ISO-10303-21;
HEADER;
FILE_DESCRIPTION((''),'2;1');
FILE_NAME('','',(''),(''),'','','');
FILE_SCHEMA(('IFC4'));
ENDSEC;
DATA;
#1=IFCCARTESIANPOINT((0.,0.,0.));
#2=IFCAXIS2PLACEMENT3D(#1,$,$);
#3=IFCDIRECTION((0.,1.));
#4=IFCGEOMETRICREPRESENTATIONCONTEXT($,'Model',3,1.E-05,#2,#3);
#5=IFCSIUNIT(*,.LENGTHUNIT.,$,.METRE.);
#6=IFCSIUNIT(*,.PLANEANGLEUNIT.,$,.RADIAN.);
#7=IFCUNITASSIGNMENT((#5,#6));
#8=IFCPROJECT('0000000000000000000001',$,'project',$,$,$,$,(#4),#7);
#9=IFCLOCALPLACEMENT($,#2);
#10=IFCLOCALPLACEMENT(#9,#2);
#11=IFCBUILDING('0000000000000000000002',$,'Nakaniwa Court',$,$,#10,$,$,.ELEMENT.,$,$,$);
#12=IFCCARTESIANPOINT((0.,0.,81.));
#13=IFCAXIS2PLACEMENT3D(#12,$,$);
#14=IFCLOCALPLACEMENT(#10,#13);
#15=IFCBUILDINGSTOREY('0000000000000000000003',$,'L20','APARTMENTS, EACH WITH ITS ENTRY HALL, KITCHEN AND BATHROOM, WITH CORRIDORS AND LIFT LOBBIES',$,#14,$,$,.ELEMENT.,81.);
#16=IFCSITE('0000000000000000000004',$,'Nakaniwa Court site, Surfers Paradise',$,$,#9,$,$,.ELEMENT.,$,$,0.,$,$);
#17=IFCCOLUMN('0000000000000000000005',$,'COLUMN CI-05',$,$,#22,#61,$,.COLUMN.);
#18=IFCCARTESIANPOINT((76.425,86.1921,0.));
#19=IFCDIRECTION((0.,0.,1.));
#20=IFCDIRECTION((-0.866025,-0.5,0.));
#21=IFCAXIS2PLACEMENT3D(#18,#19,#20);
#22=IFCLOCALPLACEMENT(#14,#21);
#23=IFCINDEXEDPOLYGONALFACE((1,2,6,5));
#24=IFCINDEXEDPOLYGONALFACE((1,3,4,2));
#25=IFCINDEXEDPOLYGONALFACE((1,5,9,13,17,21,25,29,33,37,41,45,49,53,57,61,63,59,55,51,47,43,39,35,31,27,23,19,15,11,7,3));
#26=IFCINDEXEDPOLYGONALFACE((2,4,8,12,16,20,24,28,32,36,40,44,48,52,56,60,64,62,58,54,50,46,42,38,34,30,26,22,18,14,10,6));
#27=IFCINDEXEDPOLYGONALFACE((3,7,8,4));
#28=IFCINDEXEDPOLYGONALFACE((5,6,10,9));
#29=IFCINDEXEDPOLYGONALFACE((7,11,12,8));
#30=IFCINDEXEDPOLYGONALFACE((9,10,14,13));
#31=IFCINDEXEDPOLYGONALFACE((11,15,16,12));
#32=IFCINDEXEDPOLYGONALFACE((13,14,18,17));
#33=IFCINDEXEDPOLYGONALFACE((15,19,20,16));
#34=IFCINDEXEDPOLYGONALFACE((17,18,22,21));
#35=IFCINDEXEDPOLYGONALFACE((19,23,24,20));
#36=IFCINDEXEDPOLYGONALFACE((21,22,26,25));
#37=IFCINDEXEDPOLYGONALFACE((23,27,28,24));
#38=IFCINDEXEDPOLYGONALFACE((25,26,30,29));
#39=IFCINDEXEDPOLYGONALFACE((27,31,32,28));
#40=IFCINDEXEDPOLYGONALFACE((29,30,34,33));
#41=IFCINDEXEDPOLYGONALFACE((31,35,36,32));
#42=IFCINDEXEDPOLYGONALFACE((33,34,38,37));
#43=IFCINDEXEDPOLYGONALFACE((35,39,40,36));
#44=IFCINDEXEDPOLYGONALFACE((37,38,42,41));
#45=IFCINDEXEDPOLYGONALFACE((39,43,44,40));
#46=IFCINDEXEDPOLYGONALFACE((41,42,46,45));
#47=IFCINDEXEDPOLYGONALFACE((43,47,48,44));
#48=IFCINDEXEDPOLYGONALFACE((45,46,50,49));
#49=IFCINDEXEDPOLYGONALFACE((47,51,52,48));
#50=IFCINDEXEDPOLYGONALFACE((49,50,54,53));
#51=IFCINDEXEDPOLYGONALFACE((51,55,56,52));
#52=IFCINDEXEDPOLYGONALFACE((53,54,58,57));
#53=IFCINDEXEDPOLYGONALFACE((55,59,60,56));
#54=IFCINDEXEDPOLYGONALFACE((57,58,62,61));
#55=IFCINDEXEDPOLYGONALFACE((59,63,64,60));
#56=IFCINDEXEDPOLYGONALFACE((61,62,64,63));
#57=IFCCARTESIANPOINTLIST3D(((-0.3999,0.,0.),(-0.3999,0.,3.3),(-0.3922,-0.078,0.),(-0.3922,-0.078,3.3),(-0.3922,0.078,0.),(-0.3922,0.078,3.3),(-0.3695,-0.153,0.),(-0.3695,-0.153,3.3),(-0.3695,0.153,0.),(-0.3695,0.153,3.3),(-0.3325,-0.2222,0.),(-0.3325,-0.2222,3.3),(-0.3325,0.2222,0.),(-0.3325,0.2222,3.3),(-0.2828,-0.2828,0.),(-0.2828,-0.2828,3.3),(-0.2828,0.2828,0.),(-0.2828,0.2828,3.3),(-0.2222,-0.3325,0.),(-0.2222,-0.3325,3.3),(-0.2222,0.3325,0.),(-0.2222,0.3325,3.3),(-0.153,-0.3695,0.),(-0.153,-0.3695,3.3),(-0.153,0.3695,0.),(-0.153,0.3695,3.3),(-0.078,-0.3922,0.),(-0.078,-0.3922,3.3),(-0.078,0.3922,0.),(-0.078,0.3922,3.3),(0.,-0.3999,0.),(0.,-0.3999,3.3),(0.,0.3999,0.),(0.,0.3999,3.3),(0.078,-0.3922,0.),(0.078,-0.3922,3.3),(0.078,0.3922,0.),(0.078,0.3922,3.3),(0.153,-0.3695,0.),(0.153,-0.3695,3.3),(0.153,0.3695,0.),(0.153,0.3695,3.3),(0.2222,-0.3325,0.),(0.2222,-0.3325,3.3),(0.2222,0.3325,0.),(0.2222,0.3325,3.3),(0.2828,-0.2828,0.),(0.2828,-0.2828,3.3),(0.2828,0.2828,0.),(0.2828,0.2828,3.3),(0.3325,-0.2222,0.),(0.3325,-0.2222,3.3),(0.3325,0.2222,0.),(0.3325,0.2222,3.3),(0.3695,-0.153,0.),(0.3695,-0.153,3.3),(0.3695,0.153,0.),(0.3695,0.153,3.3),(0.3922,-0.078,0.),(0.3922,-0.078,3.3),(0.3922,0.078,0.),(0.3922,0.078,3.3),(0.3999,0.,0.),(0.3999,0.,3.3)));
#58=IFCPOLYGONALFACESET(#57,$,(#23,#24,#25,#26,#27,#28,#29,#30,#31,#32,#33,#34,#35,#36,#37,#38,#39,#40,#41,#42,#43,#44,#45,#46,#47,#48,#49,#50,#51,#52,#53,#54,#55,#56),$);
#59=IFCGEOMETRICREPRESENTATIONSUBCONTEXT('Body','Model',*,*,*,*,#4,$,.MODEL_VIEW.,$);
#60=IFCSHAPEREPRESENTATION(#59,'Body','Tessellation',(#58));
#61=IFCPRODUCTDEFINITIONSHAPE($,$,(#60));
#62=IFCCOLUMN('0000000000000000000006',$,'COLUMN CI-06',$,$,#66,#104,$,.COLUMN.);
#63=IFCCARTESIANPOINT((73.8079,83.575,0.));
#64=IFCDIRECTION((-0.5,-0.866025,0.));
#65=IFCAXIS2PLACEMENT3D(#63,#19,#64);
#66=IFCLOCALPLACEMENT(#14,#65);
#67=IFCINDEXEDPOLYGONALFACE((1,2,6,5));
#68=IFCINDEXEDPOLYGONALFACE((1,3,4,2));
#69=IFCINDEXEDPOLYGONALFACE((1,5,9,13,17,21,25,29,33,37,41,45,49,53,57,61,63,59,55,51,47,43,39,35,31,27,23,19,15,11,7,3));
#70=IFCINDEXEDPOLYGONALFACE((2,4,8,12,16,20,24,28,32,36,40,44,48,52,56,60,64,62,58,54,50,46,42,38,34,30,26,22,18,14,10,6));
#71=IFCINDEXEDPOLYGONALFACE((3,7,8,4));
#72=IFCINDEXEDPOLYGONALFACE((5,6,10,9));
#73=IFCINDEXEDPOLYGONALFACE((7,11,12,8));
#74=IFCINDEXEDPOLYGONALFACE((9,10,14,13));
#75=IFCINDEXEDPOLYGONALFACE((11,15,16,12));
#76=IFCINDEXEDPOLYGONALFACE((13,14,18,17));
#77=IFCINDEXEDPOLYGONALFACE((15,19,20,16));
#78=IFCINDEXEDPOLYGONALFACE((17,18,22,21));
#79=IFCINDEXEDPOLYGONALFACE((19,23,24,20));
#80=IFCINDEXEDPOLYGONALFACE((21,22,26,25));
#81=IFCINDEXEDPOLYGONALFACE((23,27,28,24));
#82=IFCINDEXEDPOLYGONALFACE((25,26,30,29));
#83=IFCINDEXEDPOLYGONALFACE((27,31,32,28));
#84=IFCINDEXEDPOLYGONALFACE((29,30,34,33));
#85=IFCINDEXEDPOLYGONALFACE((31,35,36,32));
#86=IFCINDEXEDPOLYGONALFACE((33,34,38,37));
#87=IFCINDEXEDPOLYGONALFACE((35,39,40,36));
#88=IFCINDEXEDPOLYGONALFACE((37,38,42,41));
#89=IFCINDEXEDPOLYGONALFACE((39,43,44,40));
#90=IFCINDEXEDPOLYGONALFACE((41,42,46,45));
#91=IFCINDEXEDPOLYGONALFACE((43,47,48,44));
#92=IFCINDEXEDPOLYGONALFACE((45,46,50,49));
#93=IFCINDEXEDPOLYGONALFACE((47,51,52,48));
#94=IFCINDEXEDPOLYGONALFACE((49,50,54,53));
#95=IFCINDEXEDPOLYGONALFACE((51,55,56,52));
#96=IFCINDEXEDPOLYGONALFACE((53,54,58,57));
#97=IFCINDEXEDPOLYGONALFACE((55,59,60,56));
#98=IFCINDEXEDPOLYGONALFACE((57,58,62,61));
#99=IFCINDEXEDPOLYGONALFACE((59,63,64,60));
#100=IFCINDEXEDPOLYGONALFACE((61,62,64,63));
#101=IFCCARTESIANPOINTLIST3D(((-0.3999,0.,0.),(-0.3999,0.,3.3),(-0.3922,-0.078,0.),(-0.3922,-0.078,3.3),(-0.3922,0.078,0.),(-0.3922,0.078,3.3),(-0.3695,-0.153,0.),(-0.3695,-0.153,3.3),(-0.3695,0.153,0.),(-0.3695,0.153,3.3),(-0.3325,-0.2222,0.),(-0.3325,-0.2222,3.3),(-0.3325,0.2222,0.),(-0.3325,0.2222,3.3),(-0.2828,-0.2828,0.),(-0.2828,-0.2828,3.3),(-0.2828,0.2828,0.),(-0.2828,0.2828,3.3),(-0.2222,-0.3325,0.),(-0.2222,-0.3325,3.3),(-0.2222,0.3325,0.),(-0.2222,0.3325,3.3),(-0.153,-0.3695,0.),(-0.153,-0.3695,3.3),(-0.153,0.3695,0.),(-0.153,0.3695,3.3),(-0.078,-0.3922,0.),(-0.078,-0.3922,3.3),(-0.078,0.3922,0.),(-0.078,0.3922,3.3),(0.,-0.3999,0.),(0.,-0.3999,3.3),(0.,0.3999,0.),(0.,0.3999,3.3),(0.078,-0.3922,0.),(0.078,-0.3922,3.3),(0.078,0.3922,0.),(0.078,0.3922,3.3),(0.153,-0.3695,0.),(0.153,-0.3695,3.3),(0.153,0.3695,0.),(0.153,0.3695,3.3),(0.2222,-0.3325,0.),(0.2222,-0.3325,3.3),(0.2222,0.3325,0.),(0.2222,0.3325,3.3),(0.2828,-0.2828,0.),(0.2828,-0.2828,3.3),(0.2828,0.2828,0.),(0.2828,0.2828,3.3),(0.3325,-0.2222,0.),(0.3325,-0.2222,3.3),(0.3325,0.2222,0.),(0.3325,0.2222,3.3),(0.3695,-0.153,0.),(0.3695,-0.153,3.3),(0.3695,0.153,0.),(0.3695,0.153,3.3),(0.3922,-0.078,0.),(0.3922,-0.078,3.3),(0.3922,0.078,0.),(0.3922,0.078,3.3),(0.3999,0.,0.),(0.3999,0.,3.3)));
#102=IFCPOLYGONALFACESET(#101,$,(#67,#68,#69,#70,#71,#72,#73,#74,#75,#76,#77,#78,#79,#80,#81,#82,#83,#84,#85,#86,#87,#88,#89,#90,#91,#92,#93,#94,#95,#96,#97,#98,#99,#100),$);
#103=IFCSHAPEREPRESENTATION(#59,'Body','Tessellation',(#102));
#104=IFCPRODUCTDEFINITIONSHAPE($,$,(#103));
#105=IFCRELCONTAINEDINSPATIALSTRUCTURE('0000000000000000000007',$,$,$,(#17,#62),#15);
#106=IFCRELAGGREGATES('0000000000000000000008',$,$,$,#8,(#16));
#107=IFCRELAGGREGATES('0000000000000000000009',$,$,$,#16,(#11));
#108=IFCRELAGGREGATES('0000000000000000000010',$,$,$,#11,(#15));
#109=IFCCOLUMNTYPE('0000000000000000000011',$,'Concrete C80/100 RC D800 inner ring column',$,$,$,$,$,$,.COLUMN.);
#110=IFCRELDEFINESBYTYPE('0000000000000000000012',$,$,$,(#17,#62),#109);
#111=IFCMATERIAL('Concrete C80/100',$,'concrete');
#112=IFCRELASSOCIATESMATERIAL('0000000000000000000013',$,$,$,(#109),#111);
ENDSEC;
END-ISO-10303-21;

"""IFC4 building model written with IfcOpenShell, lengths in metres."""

from ifc_helpers import new_model, si_unit, direction, frame, origin, origin_2d, place, context, subcontext, project, spatial, circle, extrude, material, material_profile, profile_set, type_object, element, save


model = new_model("IFC4")

# Units and contexts
model_context = context("Model", 3, precision=1e-05, world=origin(), true_north=direction((0.0, 1.0)))
body_context = subcontext(model_context, "Body", "Model", "MODEL_VIEW")
ifc_project = project(units=[si_unit("LENGTHUNIT", "METRE"), si_unit("PLANEANGLEUNIT", "RADIAN")], contexts=[model_context])

# Site, building, storey
site_placement = place(None, origin())
site = spatial("IfcSite", under=ifc_project, at=site_placement, Name="Nakaniwa Court site, Surfers Paradise", CompositionType="ELEMENT", RefElevation=0.0)
building_placement = place(site_placement, origin())
building = spatial("IfcBuilding", under=site, at=building_placement, Name="Nakaniwa Court", CompositionType="ELEMENT")
storey_placement = place(building_placement, frame((0.0, 0.0, 81.0)))
storey = spatial("IfcBuildingStorey", under=building, at=storey_placement, Name="L20", Description="APARTMENTS, EACH WITH ITS ENTRY HALL, KITCHEN AND BATHROOM, WITH CORRIDORS AND LIFT LOBBIES", CompositionType="ELEMENT", Elevation=81.0)

# Columns
ifc_material_1 = material(Name="Concrete C80/100", Category="concrete")
ifc_material_profile_1 = material_profile(ifc_material_1, circle(Radius=0.3999, at=origin_2d()), Name="Concrete C80/100 RC D800 inner ring column")
ifc_profile_set_1 = profile_set([ifc_material_profile_1], Name="Concrete C80/100")
column_type = type_object("IfcColumnType", Name="Concrete C80/100 RC D800 inner ring column", PredefinedType="COLUMN", material=ifc_profile_set_1)
for number, where, z_axis, x_axis, name in (
    (1, (76.425, 86.1921, 0.0), (0.0, 0.0, 1.0), (-0.866025, -0.5, 0.0), "COLUMN CI-05"),
    (2, (73.8079, 83.575, 0.0), (0.0, 0.0, 1.0), (-0.5, -0.866025, 0.0), "COLUMN CI-06"),
):
    element("IfcColumn", number, at=place(storey_placement, frame(where, z_axis=z_axis, x_axis=x_axis)), inside=storey, type_object=column_type, Name=name, PredefinedType="COLUMN", context=body_context, shape_type="SweptSolid", body=[
        extrude(circle(Radius=0.3999, at=origin_2d()), origin(), (0.0, 0.0, 1.0), 3.3),
    ])

save(model, "model.ifc")
